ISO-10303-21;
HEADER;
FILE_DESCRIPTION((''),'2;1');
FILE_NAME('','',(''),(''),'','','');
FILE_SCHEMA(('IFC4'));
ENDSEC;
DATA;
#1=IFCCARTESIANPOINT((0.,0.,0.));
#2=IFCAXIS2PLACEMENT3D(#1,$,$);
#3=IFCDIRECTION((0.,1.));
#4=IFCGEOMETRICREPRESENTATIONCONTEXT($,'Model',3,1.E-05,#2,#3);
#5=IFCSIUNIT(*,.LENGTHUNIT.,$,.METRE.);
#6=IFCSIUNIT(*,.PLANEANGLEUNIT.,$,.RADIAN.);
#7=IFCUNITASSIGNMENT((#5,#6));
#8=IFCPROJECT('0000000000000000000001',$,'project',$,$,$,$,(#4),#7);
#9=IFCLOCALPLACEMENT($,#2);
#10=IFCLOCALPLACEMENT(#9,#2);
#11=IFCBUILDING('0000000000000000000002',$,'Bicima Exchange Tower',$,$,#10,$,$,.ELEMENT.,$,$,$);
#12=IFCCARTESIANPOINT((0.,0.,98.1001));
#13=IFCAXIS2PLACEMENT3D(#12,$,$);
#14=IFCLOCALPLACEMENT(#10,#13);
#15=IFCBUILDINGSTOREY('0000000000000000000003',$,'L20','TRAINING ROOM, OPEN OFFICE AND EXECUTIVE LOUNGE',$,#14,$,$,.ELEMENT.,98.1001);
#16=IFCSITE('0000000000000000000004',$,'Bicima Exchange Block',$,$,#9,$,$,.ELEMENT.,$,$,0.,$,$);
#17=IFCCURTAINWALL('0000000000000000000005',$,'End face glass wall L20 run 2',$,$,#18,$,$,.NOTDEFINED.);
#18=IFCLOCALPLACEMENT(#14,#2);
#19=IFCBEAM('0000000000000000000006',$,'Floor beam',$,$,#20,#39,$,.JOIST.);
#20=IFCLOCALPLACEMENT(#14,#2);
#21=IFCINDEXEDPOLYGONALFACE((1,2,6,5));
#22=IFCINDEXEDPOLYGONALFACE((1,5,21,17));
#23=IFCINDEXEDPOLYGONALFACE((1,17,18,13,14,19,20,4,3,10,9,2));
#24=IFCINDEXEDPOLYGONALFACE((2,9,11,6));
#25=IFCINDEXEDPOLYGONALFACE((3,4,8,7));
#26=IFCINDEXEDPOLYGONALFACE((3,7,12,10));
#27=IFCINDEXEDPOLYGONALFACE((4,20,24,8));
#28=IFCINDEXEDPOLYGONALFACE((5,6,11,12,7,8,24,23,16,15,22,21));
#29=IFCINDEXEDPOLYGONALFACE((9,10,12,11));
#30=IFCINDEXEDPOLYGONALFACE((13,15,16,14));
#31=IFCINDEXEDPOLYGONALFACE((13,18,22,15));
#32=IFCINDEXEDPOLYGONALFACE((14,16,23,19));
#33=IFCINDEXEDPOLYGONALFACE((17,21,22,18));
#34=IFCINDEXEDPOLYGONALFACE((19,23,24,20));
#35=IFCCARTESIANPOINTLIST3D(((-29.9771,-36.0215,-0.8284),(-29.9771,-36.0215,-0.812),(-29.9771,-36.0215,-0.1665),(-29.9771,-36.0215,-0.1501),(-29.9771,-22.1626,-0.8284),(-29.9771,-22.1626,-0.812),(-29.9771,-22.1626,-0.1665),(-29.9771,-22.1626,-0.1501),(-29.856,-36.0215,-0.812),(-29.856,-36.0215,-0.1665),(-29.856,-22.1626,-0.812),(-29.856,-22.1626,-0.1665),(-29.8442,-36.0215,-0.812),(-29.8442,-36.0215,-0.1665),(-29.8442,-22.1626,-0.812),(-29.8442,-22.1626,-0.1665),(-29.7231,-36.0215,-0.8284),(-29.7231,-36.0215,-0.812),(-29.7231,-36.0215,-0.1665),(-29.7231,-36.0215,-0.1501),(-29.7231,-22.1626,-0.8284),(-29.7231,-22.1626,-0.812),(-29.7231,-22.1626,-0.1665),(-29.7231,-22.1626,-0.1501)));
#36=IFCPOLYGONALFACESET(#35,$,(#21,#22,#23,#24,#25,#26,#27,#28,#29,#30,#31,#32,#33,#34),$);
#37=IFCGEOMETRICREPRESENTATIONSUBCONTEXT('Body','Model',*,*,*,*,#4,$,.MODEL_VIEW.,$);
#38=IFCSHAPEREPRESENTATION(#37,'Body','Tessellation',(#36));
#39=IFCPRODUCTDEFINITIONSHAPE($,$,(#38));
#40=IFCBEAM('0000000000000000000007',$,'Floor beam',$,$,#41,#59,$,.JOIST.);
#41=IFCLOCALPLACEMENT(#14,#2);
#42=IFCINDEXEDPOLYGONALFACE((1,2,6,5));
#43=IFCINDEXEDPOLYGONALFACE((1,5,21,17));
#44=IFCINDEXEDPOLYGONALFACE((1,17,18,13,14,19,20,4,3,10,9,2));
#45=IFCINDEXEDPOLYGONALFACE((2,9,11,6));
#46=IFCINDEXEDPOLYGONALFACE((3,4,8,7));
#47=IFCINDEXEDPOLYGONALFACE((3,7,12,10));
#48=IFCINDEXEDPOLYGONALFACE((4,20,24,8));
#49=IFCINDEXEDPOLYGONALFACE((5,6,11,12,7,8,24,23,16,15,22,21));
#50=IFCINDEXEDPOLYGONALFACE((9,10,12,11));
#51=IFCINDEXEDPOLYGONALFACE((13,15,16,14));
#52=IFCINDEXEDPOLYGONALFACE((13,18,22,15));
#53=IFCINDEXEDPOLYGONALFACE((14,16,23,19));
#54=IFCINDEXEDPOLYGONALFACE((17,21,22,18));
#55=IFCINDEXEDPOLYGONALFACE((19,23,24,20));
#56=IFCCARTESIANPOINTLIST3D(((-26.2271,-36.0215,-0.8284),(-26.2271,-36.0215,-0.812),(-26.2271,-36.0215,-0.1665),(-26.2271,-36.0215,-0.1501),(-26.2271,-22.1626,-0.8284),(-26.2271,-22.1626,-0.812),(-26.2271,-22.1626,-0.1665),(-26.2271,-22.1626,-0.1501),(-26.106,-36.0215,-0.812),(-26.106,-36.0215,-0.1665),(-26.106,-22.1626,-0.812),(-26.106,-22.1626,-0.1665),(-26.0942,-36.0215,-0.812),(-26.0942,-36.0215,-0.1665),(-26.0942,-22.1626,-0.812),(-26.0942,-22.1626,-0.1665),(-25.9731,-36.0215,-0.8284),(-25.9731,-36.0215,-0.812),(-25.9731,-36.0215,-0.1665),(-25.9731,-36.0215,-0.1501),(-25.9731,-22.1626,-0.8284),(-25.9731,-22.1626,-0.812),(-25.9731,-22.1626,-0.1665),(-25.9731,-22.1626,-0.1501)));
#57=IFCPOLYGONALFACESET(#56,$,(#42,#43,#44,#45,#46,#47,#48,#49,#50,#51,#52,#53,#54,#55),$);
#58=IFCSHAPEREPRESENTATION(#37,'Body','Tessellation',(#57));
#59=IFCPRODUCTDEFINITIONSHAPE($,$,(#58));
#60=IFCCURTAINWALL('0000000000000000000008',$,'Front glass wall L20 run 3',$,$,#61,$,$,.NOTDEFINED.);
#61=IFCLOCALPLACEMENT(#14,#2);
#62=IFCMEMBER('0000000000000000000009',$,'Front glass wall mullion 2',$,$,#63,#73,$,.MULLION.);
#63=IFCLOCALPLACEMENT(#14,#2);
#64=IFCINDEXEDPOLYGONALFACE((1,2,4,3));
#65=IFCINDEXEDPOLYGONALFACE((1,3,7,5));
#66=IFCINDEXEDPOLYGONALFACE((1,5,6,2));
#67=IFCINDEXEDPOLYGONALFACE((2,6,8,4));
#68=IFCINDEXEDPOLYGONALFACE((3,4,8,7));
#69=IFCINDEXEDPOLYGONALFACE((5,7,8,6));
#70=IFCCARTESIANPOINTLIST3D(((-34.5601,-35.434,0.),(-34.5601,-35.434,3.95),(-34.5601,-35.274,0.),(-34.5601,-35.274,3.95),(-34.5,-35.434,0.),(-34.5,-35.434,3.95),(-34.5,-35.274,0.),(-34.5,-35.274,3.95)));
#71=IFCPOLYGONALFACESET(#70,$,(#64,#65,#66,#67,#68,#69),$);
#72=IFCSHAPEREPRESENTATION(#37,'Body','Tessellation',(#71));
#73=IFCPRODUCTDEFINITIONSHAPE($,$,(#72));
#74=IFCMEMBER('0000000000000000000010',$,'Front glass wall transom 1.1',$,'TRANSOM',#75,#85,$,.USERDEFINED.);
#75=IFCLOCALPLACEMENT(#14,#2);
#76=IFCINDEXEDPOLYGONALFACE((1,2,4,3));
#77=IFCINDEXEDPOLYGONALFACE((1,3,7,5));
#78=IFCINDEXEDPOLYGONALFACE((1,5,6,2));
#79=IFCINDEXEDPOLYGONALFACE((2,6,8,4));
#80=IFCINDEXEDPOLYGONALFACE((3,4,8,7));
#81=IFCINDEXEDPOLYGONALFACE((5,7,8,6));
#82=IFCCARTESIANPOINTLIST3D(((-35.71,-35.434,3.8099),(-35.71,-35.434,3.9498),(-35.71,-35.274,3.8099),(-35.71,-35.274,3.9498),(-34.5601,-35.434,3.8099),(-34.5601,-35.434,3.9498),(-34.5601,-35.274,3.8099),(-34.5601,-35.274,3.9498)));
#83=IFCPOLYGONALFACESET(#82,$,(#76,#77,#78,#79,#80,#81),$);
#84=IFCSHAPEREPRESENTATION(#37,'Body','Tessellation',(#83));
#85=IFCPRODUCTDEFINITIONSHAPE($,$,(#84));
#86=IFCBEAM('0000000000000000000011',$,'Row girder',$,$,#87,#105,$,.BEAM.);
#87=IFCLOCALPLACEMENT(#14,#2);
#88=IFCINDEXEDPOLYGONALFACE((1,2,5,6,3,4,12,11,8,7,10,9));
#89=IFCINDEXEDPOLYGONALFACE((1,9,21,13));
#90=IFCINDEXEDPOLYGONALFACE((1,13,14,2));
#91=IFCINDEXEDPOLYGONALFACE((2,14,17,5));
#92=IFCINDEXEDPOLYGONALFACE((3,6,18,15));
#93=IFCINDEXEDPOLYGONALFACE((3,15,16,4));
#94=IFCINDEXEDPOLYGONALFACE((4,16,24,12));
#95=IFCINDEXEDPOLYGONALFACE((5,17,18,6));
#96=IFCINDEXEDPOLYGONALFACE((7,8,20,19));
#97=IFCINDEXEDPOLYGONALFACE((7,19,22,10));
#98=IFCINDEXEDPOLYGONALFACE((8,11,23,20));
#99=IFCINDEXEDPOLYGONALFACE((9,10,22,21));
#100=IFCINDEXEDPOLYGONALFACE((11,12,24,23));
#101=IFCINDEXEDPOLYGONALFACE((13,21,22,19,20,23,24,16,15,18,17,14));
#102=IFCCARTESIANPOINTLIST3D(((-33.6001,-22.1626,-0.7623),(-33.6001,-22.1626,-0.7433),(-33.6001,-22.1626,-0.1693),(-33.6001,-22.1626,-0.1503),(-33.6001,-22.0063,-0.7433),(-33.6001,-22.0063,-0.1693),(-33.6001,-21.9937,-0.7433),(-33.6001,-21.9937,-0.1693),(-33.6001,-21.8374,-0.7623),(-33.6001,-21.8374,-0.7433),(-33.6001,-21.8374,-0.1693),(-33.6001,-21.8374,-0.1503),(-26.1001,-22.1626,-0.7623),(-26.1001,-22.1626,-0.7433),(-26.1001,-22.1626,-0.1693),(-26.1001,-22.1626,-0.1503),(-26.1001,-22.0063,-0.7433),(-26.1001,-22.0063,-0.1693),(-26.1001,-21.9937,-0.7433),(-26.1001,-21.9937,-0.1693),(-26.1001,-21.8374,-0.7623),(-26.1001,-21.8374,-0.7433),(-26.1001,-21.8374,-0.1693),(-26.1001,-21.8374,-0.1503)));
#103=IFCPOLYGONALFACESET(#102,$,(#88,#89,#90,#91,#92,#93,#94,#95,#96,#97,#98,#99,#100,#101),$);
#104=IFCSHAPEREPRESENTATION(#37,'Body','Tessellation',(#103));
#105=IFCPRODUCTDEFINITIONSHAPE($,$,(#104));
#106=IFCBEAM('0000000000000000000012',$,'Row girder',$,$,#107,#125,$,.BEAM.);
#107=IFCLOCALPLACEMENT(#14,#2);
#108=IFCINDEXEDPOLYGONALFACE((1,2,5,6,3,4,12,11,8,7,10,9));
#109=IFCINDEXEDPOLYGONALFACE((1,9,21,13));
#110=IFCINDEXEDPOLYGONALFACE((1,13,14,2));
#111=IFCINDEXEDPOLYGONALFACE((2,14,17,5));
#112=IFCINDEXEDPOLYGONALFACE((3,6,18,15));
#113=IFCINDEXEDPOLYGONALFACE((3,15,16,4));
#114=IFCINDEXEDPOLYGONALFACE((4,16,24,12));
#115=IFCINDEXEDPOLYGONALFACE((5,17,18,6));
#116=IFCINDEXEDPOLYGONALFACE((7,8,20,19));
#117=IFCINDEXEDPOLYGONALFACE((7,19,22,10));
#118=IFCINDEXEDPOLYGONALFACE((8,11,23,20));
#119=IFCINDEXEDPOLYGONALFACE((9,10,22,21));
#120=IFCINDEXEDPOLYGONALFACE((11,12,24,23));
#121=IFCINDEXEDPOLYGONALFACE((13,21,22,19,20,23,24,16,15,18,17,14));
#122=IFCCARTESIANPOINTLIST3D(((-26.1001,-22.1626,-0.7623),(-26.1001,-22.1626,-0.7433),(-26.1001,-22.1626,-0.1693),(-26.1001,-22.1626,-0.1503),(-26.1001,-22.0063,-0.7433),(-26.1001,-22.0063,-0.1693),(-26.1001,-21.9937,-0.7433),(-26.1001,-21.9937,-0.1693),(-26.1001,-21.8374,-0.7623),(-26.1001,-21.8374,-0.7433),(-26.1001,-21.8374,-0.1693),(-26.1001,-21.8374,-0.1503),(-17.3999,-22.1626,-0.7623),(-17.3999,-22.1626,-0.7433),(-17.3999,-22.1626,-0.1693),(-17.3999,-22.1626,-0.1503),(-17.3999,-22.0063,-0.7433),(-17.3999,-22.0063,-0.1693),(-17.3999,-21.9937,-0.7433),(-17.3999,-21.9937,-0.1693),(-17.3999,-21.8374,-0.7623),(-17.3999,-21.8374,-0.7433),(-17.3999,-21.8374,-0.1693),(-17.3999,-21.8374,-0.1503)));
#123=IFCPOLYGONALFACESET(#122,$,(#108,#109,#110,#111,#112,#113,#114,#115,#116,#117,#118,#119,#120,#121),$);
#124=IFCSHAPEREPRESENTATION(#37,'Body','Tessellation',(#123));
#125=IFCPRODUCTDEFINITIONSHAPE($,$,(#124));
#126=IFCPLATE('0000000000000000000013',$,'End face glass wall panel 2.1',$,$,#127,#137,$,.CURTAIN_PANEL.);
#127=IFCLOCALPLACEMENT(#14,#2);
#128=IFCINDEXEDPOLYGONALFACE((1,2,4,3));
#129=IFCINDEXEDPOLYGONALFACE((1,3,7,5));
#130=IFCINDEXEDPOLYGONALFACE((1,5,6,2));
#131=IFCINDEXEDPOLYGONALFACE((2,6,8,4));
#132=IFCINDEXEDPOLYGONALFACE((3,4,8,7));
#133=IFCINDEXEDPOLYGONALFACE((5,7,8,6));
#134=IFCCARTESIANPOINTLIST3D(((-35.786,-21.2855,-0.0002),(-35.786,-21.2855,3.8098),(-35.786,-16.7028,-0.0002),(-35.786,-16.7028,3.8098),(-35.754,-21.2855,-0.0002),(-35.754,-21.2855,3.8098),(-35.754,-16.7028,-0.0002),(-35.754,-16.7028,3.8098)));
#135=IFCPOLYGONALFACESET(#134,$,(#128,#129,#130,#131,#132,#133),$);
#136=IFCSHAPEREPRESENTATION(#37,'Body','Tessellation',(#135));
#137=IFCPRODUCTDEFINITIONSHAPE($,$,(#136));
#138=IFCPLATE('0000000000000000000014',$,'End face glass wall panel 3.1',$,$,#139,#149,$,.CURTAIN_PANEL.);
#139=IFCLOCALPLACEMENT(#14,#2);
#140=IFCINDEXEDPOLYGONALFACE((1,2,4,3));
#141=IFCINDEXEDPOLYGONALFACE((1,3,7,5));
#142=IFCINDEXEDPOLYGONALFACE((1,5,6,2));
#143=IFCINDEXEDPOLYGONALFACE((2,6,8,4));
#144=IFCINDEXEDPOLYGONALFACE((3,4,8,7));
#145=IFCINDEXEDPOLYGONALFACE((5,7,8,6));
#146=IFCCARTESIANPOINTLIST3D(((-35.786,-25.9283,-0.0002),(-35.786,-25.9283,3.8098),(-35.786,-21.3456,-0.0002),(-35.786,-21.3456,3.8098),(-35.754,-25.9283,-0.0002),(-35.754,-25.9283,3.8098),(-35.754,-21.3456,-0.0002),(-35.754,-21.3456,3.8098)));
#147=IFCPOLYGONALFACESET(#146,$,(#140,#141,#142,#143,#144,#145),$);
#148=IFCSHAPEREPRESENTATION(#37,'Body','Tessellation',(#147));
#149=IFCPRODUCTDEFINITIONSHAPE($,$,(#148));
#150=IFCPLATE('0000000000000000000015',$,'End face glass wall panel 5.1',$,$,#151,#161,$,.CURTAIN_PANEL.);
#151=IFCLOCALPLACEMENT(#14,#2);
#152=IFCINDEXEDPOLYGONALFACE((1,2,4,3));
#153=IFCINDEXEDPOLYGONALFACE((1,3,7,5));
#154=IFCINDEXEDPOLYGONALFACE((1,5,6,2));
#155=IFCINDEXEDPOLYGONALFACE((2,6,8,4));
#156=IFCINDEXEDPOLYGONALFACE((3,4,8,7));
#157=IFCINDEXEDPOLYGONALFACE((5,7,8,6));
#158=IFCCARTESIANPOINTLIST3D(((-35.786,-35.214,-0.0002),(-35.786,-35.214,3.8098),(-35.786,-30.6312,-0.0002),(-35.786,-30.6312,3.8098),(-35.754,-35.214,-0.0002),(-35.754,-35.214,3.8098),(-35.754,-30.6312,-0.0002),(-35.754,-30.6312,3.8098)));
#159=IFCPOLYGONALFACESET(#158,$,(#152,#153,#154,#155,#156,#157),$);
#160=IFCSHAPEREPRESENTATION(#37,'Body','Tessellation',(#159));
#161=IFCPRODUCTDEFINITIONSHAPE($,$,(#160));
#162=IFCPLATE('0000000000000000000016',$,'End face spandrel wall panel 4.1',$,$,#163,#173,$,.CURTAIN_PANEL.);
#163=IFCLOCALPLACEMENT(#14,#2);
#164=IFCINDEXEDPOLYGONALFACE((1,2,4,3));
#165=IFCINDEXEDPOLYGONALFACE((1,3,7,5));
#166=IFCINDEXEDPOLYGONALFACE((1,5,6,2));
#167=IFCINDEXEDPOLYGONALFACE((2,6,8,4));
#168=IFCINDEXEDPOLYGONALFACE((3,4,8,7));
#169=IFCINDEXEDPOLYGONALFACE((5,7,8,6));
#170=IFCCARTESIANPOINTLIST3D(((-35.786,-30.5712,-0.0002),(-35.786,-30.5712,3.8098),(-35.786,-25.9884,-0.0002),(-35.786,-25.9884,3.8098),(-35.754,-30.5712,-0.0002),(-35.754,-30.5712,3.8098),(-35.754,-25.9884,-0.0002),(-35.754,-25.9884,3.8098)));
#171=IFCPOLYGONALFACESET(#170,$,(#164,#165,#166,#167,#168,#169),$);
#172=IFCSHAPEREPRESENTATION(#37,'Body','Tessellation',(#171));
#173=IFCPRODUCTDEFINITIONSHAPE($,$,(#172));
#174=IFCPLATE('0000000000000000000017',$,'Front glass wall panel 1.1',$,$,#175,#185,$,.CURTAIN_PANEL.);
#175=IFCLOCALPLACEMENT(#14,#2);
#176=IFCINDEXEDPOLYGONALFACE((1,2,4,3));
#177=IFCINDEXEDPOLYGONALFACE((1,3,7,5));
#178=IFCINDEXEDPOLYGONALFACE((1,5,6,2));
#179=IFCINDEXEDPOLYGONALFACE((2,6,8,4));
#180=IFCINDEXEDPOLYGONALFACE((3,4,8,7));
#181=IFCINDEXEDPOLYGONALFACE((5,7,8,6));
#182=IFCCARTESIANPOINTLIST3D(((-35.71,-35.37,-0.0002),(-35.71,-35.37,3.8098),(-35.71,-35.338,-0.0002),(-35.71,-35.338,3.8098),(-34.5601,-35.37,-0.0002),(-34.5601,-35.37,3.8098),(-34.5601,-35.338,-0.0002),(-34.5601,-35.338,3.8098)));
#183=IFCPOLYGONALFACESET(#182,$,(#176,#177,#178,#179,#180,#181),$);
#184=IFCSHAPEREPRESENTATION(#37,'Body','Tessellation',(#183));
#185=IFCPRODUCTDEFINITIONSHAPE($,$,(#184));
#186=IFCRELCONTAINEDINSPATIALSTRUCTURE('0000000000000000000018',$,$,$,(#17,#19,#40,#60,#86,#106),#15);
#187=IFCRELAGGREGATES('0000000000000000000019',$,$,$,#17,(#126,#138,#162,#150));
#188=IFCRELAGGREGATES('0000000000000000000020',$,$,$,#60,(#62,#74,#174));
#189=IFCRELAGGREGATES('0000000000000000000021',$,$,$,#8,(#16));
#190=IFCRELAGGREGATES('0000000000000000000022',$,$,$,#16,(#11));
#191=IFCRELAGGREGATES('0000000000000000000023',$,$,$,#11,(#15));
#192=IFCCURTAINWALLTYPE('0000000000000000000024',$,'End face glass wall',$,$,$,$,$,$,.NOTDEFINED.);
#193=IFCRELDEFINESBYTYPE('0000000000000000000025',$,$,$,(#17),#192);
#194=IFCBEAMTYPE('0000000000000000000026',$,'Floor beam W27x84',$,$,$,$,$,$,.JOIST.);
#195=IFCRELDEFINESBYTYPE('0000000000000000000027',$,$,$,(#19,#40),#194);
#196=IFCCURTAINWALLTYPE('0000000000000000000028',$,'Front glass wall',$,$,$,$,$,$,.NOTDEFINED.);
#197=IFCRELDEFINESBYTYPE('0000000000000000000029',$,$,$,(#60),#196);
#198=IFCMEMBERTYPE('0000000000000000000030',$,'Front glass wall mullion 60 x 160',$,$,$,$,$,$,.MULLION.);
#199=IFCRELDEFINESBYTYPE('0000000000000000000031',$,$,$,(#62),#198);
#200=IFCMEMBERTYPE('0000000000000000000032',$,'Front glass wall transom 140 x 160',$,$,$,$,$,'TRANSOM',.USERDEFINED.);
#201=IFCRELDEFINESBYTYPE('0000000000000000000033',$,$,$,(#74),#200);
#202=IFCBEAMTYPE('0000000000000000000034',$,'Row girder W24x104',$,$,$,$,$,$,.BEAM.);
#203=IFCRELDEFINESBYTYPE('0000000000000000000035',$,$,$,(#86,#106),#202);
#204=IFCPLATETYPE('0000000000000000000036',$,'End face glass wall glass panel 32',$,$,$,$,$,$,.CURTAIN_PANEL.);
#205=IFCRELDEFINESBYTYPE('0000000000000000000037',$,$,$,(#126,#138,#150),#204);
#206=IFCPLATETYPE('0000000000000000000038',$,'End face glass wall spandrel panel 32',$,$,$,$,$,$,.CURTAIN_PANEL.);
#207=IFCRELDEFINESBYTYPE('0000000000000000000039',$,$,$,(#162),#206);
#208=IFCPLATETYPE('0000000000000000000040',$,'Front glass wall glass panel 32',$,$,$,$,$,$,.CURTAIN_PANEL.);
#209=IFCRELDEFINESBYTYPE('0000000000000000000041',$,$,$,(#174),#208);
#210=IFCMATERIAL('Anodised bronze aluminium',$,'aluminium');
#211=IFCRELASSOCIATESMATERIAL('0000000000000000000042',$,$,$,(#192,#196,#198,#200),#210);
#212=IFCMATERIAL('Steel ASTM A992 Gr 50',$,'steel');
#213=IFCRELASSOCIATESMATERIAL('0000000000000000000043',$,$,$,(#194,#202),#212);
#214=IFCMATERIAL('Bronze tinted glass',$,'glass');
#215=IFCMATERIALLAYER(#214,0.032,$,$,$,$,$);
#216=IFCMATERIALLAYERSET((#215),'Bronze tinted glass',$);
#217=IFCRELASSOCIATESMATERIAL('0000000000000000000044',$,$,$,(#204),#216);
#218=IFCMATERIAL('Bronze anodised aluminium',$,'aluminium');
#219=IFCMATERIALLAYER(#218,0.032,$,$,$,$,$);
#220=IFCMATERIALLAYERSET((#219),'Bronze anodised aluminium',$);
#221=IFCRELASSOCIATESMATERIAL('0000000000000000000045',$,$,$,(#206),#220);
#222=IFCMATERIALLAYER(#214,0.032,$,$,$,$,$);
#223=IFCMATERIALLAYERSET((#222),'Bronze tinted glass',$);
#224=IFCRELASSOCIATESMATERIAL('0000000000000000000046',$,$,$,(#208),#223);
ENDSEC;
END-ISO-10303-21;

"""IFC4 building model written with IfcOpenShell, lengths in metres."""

from ifc_helpers import new_model, si_unit, direction, frame, origin, origin_2d, place, context, subcontext, project, spatial, rectangle, i_section, extrude, material, layer, layer_set, material_profile, profile_set, type_object, element, aggregate, save


model = new_model("IFC4")

# Units and contexts
model_context = context("Model", 3, precision=1e-05, world=origin(), true_north=direction((0.0, 1.0)))
body_context = subcontext(model_context, "Body", "Model", "MODEL_VIEW")
ifc_project = project(units=[si_unit("LENGTHUNIT", "METRE"), si_unit("PLANEANGLEUNIT", "RADIAN")], contexts=[model_context])

# Site, building, storey
site_placement = place(None, origin())
site = spatial("IfcSite", under=ifc_project, at=site_placement, Name="Bicima Exchange Block", CompositionType="ELEMENT", RefElevation=0.0)
building_placement = place(site_placement, origin())
building = spatial("IfcBuilding", under=site, at=building_placement, Name="Bicima Exchange Tower", CompositionType="ELEMENT")
storey_placement = place(building_placement, frame((0.0, 0.0, 98.1001)))
storey = spatial("IfcBuildingStorey", under=building, at=storey_placement, Name="L20", Description="TRAINING ROOM, OPEN OFFICE AND EXECUTIVE LOUNGE", CompositionType="ELEMENT", Elevation=98.1001)

# Shared definitions
ifc_material_1 = material(Name="Steel ASTM A992 Gr 50", Category="steel")

# Curtain wall
ifc_material_2 = material(Name="Anodised bronze aluminium", Category="aluminium")
curtain_wall_type_1 = type_object("IfcCurtainWallType", Name="End face glass wall", PredefinedType="NOTDEFINED", material=ifc_material_2)
curtain_wall_1_placement = place(storey_placement, origin())
curtain_wall_1 = element("IfcCurtainWall", 1, at=curtain_wall_1_placement, inside=storey, type_object=curtain_wall_type_1, Name="End face glass wall L20 run 2", PredefinedType="NOTDEFINED")
ifc_material_profile_1 = material_profile(ifc_material_2, rectangle(XDim=0.1599, YDim=0.0601, at=origin_2d()))
ifc_profile_set_1 = profile_set([ifc_material_profile_1], Name="Anodised bronze aluminium")
ifc_material_profile_2 = material_profile(ifc_material_2, rectangle(XDim=0.1599, YDim=0.1399, at=origin_2d()))
ifc_profile_set_2 = profile_set([ifc_material_profile_2], Name="Anodised bronze aluminium")

# Beams
ifc_material_profile_3 = material_profile(ifc_material_1, i_section(OverallWidth=0.2539, OverallDepth=0.6782, WebThickness=0.0117, FlangeThickness=0.0164, at=origin_2d()))
ifc_profile_set_3 = profile_set([ifc_material_profile_3], Name="Steel ASTM A992 Gr 50")
beam_type_1 = type_object("IfcBeamType", Name="Floor beam W27x84", PredefinedType="JOIST", material=ifc_profile_set_3)
for number, where, z_axis, x_axis, name in (
    (2, (-29.8501, -22.1626, -0.4893), (0.0, -1.0, 0.0), (1.0, 0.0, 0.0), "Floor beam"),
    (3, (-26.1001, -22.1626, -0.4893), (0.0, -1.0, 0.0), (1.0, 0.0, 0.0), "Floor beam"),
):
    element("IfcBeam", number, at=place(storey_placement, frame(where, z_axis=z_axis, x_axis=x_axis)), inside=storey, type_object=beam_type_1, Name=name, PredefinedType="JOIST", context=body_context, shape_type="SweptSolid", body=[
        extrude(i_section(OverallWidth=0.2539, OverallDepth=0.6782, WebThickness=0.0117, FlangeThickness=0.0164, at=origin_2d()), origin(), (0.0, 0.0, 1.0), 13.8589),
    ])

# Curtain wall, members
curtain_wall_type_2 = type_object("IfcCurtainWallType", Name="Front glass wall", PredefinedType="NOTDEFINED", material=ifc_material_2)
curtain_wall_2_placement = place(storey_placement, origin())
curtain_wall_2 = element("IfcCurtainWall", 4, at=curtain_wall_2_placement, inside=storey, type_object=curtain_wall_type_2, Name="Front glass wall L20 run 3", PredefinedType="NOTDEFINED")
member_type_1 = type_object("IfcMemberType", Name="Front glass wall mullion 60 x 160", PredefinedType="MULLION", material=ifc_profile_set_1)
member_1_placement = place(storey_placement, frame((-34.53, -35.354, 0.0), z_axis=(0.0, 0.0, 1.0), x_axis=(0.0, 1.0, 0.0)))
member_1 = element("IfcMember", 5, at=member_1_placement, type_object=member_type_1, Name="Front glass wall mullion 2", PredefinedType="MULLION", context=body_context, shape_type="SweptSolid", body=[
    extrude(rectangle(XDim=0.1599, YDim=0.0601, at=origin_2d()), origin(), (0.0, 0.0, 1.0), 3.95),
])
member_type_2 = type_object("IfcMemberType", Name="Front glass wall transom 140 x 160", ElementType="TRANSOM", PredefinedType="USERDEFINED", material=ifc_profile_set_2)
member_2_placement = place(storey_placement, frame((-35.71, -35.354, 3.8799), z_axis=(1.0, 0.0, 0.0), x_axis=(0.0, 1.0, 0.0)))
member_2 = element("IfcMember", 6, at=member_2_placement, type_object=member_type_2, Name="Front glass wall transom 1.1", ObjectType="TRANSOM", PredefinedType="USERDEFINED", context=body_context, shape_type="SweptSolid", body=[
    extrude(rectangle(XDim=0.1599, YDim=0.1399, at=origin_2d()), origin(), (0.0, 0.0, 1.0), 1.1499),
])

# Beams
ifc_material_profile_4 = material_profile(ifc_material_1, i_section(OverallWidth=0.3252, OverallDepth=0.6121, WebThickness=0.0127, FlangeThickness=0.019, at=origin_2d()))
ifc_profile_set_4 = profile_set([ifc_material_profile_4], Name="Steel ASTM A992 Gr 50")
beam_type_2 = type_object("IfcBeamType", Name="Row girder W24x104", PredefinedType="BEAM", material=ifc_profile_set_4)
beam_1_placement = place(storey_placement, frame((-33.6001, -22.0, -0.4563), z_axis=(1.0, 0.0, 0.0), x_axis=(0.0, 1.0, 0.0)))
element("IfcBeam", 7, at=beam_1_placement, inside=storey, type_object=beam_type_2, Name="Row girder", PredefinedType="BEAM", context=body_context, shape_type="SweptSolid", body=[
    extrude(i_section(OverallWidth=0.3252, OverallDepth=0.6121, WebThickness=0.0127, FlangeThickness=0.019, at=origin_2d()), origin(), (0.0, 0.0, 1.0), 7.5),
])
beam_2_placement = place(storey_placement, frame((-26.1001, -22.0, -0.4563), z_axis=(1.0, 0.0, 0.0), x_axis=(0.0, 1.0, 0.0)))
element("IfcBeam", 8, at=beam_2_placement, inside=storey, type_object=beam_type_2, Name="Row girder", PredefinedType="BEAM", context=body_context, shape_type="SweptSolid", body=[
    extrude(i_section(OverallWidth=0.3252, OverallDepth=0.6121, WebThickness=0.0127, FlangeThickness=0.019, at=origin_2d()), origin(), (0.0, 0.0, 1.0), 8.7002),
])

# Plates
ifc_material_3 = material(Name="Bronze tinted glass", Category="glass")
ifc_layer_1 = layer(ifc_material_3, 0.032)
ifc_layer_set_1 = layer_set([ifc_layer_1], Name="Bronze tinted glass")
plate_type_1 = type_object("IfcPlateType", Name="End face glass wall glass panel 32", PredefinedType="CURTAIN_PANEL", material=ifc_layer_set_1)
plate_1_placement = place(storey_placement, frame((-35.77, -18.9941, -0.0002), z_axis=(0.0, 0.0, 1.0), x_axis=(0.0, -1.0, 0.0)))
plate_1 = element("IfcPlate", 9, at=plate_1_placement, type_object=plate_type_1, Name="End face glass wall panel 2.1", PredefinedType="CURTAIN_PANEL", context=body_context, shape_type="SweptSolid", body=[
    extrude(rectangle(XDim=4.5828, YDim=0.032, at=origin_2d()), origin(), (0.0, 0.0, 1.0), 3.8101),
])
plate_2_placement = place(storey_placement, frame((-35.77, -23.637, -0.0002), z_axis=(0.0, 0.0, 1.0), x_axis=(0.0, -1.0, 0.0)))
plate_2 = element("IfcPlate", 10, at=plate_2_placement, type_object=plate_type_1, Name="End face glass wall panel 3.1", PredefinedType="CURTAIN_PANEL", context=body_context, shape_type="SweptSolid", body=[
    extrude(rectangle(XDim=4.5828, YDim=0.032, at=origin_2d()), origin(), (0.0, 0.0, 1.0), 3.8101),
])
plate_3_placement = place(storey_placement, frame((-35.77, -32.9226, -0.0002), z_axis=(0.0, 0.0, 1.0), x_axis=(0.0, -1.0, 0.0)))
plate_3 = element("IfcPlate", 11, at=plate_3_placement, type_object=plate_type_1, Name="End face glass wall panel 5.1", PredefinedType="CURTAIN_PANEL", context=body_context, shape_type="SweptSolid", body=[
    extrude(rectangle(XDim=4.5828, YDim=0.032, at=origin_2d()), origin(), (0.0, 0.0, 1.0), 3.8101),
])
ifc_material_4 = material(Name="Bronze anodised aluminium", Category="aluminium")
ifc_layer_2 = layer(ifc_material_4, 0.032)
ifc_layer_set_2 = layer_set([ifc_layer_2], Name="Bronze anodised aluminium")
plate_type_2 = type_object("IfcPlateType", Name="End face glass wall spandrel panel 32", PredefinedType="CURTAIN_PANEL", material=ifc_layer_set_2)
plate_4_placement = place(storey_placement, frame((-35.77, -28.2798, -0.0002), z_axis=(0.0, 0.0, 1.0), x_axis=(0.0, -1.0, 0.0)))
plate_4 = element("IfcPlate", 12, at=plate_4_placement, type_object=plate_type_2, Name="End face spandrel wall panel 4.1", PredefinedType="CURTAIN_PANEL", context=body_context, shape_type="SweptSolid", body=[
    extrude(rectangle(XDim=4.5828, YDim=0.032, at=origin_2d()), origin(), (0.0, 0.0, 1.0), 3.8101),
])
aggregate(curtain_wall_1, [plate_1, plate_2, plate_4, plate_3])
ifc_layer_3 = layer(ifc_material_3, 0.032)
ifc_layer_set_3 = layer_set([ifc_layer_3], Name="Bronze tinted glass")
plate_type_3 = type_object("IfcPlateType", Name="Front glass wall glass panel 32", PredefinedType="CURTAIN_PANEL", material=ifc_layer_set_3)
plate_5_placement = place(storey_placement, frame((-35.135, -35.354, -0.0002), z_axis=(0.0, 0.0, 1.0), x_axis=(1.0, 0.0, 0.0)))
plate_5 = element("IfcPlate", 13, at=plate_5_placement, type_object=plate_type_3, Name="Front glass wall panel 1.1", PredefinedType="CURTAIN_PANEL", context=body_context, shape_type="SweptSolid", body=[
    extrude(rectangle(XDim=1.1499, YDim=0.032, at=origin_2d()), origin(), (0.0, 0.0, 1.0), 3.8101),
])
aggregate(curtain_wall_2, [member_1, member_2, plate_5])

save(model, "model.ifc")
